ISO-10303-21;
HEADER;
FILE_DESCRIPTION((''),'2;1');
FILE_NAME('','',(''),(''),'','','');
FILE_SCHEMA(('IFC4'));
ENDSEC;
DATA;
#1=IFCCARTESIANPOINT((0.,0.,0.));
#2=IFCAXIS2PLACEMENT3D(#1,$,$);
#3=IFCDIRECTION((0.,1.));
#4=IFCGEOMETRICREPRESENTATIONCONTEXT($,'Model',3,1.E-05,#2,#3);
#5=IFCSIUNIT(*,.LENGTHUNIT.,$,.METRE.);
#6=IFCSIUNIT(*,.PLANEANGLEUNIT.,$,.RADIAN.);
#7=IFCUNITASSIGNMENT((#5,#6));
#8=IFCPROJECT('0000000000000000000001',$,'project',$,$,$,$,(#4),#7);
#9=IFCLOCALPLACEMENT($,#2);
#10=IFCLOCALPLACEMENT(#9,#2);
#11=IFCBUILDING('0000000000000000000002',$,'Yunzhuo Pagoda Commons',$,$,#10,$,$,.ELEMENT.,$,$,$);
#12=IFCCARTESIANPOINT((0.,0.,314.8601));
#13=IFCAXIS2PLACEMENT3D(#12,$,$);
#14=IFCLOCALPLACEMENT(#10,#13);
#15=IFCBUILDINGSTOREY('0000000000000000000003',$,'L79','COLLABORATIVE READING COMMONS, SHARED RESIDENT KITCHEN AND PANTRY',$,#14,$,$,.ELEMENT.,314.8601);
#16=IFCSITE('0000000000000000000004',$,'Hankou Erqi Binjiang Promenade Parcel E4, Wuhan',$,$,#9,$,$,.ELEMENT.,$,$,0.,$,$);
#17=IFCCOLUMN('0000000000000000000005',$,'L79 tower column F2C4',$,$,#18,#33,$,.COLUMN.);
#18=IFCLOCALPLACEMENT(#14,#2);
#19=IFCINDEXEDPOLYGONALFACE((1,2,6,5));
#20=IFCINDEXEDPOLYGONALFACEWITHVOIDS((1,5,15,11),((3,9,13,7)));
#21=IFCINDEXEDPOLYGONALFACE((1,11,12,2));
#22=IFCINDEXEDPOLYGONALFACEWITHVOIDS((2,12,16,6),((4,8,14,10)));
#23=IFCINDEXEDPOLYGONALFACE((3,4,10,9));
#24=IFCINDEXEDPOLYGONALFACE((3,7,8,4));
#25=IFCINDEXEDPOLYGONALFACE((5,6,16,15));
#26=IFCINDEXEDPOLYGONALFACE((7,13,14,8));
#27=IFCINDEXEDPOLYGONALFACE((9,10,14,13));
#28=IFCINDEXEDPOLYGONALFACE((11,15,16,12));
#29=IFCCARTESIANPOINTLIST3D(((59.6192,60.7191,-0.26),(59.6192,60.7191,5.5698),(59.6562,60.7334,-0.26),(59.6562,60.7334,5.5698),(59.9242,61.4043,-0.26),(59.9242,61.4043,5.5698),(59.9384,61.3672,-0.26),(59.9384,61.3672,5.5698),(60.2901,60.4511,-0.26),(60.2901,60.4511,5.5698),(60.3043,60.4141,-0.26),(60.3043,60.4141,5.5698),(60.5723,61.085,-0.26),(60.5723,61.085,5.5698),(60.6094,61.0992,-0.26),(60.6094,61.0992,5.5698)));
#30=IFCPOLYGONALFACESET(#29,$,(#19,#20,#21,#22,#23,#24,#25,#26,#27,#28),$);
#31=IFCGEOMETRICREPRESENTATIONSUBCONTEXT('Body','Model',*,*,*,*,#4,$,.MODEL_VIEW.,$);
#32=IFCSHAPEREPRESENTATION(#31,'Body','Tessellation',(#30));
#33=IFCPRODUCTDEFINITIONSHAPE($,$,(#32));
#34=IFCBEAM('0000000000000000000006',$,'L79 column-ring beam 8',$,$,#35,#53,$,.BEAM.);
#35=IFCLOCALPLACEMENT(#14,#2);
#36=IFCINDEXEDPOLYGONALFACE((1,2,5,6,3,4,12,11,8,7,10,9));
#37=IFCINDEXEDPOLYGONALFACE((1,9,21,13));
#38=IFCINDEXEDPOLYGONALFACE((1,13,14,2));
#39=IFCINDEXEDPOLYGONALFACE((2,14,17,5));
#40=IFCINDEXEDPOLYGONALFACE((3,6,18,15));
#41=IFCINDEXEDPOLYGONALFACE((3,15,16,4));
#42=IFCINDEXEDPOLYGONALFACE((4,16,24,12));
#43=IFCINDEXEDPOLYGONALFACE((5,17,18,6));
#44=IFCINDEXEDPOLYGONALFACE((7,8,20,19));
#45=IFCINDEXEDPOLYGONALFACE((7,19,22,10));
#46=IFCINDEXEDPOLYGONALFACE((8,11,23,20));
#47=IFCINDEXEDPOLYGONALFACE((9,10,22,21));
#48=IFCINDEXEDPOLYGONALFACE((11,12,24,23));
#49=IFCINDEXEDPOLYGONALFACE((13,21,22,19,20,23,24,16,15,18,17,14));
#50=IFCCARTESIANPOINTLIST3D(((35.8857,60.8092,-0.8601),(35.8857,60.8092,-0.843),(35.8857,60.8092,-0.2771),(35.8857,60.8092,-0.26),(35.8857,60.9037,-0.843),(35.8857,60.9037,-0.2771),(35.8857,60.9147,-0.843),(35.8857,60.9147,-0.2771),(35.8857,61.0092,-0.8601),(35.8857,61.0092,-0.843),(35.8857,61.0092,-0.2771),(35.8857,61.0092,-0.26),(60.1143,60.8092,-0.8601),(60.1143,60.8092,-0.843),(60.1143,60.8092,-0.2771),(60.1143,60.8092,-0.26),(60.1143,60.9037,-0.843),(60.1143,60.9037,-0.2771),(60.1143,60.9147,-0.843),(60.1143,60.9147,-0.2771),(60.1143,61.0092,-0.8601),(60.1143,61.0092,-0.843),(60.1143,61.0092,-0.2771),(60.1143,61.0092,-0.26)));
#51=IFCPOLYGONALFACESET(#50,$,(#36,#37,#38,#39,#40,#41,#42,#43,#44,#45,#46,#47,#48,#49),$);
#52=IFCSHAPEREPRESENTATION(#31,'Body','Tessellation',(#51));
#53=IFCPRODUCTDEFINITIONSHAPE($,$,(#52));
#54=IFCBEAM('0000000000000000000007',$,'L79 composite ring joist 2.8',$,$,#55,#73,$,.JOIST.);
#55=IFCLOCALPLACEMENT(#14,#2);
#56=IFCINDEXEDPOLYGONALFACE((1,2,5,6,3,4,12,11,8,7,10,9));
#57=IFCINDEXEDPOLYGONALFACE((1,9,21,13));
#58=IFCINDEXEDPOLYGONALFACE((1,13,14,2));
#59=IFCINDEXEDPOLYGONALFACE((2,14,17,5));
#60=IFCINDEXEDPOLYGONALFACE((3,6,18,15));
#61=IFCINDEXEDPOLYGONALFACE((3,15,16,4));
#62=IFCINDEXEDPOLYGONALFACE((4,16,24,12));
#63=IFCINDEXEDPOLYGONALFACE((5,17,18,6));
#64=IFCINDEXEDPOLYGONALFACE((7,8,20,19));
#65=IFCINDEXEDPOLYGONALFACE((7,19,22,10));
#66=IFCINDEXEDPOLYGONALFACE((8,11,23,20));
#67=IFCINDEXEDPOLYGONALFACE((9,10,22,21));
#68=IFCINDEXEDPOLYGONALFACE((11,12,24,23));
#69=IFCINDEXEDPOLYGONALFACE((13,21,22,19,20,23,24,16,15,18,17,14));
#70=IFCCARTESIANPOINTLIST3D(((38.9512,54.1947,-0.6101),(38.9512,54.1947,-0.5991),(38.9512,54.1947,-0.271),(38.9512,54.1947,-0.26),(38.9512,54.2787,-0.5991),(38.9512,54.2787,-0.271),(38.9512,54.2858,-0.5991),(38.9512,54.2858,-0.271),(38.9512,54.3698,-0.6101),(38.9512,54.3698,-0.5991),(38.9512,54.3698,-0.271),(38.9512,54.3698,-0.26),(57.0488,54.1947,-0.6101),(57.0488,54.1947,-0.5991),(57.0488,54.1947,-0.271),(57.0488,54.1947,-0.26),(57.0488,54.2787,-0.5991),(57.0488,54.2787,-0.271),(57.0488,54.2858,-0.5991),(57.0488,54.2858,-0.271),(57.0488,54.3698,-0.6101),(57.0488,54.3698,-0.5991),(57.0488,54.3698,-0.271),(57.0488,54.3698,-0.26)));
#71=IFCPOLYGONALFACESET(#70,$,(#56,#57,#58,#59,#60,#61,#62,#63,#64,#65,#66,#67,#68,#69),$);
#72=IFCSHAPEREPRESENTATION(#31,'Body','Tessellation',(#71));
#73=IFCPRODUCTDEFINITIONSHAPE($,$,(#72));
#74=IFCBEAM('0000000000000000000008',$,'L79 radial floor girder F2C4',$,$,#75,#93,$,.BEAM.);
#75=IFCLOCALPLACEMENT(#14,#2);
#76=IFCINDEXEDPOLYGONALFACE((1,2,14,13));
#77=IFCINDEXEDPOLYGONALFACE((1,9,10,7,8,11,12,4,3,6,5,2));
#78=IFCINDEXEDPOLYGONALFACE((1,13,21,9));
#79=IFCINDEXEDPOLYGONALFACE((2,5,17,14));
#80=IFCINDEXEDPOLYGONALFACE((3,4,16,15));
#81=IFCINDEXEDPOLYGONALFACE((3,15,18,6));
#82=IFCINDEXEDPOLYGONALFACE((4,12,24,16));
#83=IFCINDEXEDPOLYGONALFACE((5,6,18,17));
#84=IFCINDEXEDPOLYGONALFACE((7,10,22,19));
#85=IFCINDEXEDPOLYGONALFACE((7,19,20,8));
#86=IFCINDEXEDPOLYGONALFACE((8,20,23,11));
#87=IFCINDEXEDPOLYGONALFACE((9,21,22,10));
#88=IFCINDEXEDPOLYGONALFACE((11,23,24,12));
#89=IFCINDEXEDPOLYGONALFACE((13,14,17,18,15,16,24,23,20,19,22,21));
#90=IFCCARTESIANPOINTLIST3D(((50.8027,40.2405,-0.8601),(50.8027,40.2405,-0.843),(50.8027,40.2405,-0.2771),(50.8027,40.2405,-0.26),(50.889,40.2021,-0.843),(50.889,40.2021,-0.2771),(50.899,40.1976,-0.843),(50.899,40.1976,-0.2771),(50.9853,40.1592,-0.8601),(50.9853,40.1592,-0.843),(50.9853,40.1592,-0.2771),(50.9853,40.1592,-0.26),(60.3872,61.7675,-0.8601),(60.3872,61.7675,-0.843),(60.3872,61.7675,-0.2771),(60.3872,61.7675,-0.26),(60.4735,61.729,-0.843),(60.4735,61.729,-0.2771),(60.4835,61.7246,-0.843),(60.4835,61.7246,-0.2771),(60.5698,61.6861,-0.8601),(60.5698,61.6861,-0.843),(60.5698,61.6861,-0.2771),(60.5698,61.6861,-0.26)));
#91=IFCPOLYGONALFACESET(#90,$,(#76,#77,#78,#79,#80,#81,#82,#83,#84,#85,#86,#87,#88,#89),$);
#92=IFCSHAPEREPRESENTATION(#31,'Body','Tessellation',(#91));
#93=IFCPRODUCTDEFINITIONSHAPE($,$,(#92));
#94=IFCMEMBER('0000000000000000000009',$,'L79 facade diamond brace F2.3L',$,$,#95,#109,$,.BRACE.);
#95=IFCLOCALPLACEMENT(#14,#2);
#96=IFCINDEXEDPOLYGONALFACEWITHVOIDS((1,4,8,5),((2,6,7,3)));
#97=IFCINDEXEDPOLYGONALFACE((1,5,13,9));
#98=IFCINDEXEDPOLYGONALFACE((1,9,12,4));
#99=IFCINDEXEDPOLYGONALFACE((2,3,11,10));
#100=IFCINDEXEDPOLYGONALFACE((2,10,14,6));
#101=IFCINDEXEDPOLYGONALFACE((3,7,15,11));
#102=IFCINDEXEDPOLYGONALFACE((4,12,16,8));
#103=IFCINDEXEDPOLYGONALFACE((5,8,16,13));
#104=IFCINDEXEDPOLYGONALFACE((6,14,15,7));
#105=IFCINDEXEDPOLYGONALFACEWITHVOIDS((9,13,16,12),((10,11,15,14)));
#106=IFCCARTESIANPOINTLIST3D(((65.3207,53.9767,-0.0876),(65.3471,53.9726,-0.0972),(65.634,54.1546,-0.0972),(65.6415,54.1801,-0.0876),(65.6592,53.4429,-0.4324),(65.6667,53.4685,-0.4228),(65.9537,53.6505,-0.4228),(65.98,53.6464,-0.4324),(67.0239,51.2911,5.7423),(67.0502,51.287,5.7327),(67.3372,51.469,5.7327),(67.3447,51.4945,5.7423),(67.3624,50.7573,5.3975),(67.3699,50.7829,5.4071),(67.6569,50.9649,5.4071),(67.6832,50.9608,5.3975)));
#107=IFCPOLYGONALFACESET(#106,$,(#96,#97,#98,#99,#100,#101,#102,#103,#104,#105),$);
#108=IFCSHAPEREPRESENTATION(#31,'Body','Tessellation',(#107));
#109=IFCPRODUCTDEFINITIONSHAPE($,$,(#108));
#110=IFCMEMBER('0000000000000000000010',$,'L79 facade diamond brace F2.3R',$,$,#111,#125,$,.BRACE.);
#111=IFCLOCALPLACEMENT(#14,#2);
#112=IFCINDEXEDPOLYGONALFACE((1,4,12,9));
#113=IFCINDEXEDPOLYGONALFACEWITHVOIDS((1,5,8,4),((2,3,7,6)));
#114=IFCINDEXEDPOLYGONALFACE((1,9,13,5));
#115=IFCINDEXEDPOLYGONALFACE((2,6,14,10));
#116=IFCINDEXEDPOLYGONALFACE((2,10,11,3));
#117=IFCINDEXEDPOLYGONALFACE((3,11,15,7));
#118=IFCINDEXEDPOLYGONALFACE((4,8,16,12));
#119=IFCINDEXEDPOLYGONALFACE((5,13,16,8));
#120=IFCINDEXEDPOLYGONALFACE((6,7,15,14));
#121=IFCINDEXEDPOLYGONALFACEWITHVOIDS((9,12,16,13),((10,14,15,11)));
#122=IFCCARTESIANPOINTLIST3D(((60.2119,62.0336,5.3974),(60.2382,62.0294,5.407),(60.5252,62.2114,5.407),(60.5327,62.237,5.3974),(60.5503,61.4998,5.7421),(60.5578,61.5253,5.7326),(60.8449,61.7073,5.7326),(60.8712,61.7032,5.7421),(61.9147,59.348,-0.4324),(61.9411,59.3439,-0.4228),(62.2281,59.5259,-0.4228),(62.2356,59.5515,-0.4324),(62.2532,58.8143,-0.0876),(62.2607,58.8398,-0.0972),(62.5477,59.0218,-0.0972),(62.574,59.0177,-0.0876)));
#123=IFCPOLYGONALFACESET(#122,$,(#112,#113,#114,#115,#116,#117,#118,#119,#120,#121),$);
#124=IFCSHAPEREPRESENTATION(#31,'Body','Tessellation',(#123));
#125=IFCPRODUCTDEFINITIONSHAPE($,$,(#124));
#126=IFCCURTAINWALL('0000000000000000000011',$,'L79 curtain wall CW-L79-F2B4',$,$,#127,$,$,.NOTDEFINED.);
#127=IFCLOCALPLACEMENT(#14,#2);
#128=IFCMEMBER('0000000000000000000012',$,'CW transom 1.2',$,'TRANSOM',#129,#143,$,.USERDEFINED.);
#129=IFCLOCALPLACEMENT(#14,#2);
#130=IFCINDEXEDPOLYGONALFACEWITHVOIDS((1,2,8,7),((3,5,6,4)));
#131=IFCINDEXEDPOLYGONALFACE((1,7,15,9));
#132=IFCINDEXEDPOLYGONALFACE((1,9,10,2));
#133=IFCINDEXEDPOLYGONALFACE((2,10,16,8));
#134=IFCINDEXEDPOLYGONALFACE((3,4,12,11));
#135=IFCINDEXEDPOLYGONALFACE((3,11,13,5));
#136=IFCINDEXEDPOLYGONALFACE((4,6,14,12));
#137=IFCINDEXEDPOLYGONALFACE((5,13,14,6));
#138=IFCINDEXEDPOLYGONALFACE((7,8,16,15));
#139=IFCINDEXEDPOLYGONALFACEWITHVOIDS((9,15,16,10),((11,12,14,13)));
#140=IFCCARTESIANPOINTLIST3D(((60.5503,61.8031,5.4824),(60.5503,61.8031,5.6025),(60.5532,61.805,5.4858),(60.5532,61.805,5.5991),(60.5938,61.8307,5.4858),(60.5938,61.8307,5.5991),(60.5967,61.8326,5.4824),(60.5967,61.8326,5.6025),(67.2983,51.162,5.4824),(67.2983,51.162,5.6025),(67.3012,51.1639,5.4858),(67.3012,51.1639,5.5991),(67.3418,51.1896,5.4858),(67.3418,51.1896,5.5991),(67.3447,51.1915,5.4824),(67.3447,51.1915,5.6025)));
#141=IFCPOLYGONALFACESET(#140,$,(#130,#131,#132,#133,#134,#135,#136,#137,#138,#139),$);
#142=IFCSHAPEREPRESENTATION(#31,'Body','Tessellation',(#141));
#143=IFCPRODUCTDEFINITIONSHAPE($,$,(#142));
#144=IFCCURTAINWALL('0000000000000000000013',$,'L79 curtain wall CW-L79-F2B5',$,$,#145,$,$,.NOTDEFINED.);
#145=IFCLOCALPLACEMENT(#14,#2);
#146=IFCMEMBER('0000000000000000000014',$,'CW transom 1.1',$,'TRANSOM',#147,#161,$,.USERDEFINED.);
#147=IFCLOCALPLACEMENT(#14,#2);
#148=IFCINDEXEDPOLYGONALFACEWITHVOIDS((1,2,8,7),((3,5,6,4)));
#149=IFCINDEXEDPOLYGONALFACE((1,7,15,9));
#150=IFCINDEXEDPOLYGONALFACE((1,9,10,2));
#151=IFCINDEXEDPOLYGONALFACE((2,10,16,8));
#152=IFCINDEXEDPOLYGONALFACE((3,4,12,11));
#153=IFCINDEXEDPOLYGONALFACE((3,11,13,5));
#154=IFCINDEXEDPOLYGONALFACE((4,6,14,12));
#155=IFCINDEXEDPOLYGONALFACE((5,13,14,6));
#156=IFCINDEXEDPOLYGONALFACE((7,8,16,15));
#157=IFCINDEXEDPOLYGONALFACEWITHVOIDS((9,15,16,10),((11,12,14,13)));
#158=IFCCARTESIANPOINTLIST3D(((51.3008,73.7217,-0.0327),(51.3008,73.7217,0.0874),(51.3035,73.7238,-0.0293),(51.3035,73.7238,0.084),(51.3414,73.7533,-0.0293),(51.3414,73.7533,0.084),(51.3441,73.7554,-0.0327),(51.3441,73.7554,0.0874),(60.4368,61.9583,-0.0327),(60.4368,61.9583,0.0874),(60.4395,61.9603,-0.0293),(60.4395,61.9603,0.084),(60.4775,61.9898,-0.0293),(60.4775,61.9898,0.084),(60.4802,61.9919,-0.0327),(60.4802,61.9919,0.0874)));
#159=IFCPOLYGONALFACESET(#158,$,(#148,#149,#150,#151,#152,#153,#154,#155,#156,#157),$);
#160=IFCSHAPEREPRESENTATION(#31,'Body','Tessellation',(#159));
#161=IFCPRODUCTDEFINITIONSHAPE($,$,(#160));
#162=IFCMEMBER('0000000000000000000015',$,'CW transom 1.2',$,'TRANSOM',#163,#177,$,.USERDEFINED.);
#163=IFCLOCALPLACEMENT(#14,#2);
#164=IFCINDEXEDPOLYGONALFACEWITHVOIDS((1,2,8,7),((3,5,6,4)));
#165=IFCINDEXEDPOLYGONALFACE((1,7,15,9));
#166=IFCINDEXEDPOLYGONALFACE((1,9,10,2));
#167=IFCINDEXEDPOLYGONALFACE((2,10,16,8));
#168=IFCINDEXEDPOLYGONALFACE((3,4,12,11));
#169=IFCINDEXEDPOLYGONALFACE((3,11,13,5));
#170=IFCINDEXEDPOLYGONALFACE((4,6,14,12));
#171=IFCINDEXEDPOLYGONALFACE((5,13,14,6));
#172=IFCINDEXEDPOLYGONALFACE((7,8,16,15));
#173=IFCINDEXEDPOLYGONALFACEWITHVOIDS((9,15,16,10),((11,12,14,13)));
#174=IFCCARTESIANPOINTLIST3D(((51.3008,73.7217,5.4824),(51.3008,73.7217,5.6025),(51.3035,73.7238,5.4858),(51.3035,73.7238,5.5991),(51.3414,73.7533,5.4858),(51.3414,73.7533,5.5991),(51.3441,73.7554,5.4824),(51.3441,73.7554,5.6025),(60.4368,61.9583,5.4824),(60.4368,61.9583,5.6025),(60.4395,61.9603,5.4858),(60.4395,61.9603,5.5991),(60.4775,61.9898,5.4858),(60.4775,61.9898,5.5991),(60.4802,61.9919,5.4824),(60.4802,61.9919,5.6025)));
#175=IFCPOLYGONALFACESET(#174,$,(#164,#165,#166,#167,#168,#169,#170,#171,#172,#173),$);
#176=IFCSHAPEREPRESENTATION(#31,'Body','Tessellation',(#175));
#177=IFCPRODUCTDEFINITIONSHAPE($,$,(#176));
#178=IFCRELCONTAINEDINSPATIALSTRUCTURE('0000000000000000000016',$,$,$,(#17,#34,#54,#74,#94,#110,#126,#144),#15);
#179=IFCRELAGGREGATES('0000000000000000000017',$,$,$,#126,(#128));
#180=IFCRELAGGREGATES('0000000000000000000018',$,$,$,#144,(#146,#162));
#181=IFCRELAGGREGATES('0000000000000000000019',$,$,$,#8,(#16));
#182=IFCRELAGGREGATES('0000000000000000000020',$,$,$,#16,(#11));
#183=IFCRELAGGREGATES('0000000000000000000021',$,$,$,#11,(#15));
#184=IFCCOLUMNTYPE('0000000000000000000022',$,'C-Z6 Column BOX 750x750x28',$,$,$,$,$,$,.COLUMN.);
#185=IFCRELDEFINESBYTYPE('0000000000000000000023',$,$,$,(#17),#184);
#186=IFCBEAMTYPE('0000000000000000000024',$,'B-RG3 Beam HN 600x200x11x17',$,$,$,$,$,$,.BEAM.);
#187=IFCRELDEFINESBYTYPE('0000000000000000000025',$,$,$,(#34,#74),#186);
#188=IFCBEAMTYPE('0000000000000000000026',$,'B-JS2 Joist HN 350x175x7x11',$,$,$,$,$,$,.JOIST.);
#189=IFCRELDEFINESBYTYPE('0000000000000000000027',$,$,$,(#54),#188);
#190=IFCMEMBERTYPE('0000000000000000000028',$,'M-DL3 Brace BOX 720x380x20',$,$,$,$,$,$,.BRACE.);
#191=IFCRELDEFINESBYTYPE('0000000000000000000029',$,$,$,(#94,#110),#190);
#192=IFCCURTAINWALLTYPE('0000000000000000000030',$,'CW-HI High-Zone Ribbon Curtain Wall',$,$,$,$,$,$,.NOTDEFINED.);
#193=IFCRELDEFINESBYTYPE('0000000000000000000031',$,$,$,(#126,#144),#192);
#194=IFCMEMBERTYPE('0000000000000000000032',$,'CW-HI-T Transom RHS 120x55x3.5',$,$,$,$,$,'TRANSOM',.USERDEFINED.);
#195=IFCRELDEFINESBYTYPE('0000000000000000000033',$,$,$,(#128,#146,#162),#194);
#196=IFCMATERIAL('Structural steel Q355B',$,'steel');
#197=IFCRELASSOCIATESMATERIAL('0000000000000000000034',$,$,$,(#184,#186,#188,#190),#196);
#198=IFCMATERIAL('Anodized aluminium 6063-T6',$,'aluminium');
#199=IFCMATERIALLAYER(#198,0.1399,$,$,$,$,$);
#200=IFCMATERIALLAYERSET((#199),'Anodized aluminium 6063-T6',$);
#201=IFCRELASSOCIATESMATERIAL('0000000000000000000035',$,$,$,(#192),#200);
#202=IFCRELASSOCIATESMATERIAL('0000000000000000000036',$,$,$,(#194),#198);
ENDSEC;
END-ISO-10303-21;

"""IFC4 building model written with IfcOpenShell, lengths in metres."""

from ifc_helpers import new_model, si_unit, direction, frame, origin, origin_2d, place, context, subcontext, project, spatial, hollow_rectangle, i_section, extrude, source, transform, mapped, material, layer, layer_set, material_profile, profile_set, type_object, element, aggregate, save


model = new_model("IFC4")

# Units and contexts
model_context = context("Model", 3, precision=1e-05, world=origin(), true_north=direction((0.0, 1.0)))
body_context = subcontext(model_context, "Body", "Model", "MODEL_VIEW")
ifc_project = project(units=[si_unit("LENGTHUNIT", "METRE"), si_unit("PLANEANGLEUNIT", "RADIAN")], contexts=[model_context])

# Site, building, storey
site_placement = place(None, origin())
site = spatial("IfcSite", under=ifc_project, at=site_placement, Name="Hankou Erqi Binjiang Promenade Parcel E4, Wuhan", CompositionType="ELEMENT", RefElevation=0.0)
building_placement = place(site_placement, origin())
building = spatial("IfcBuilding", under=site, at=building_placement, Name="Yunzhuo Pagoda Commons", CompositionType="ELEMENT")
storey_placement = place(building_placement, frame((0.0, 0.0, 314.8601)))
storey = spatial("IfcBuildingStorey", under=building, at=storey_placement, Name="L79", Description="COLLABORATIVE READING COMMONS, SHARED RESIDENT KITCHEN AND PANTRY", CompositionType="ELEMENT", Elevation=314.8601)

# Column
ifc_material_1 = material(Name="Structural steel Q355B", Category="steel")
ifc_material_profile_1 = material_profile(ifc_material_1, hollow_rectangle(XDim=0.75, YDim=0.75, WallThickness=0.0281, at=origin_2d()), Name="Structural steel Q355B")
ifc_profile_set_1 = profile_set([ifc_material_profile_1], Name="Structural steel Q355B")
column_type = type_object("IfcColumnType", Name="C-Z6 Column BOX 750x750x28", PredefinedType="COLUMN", material=ifc_profile_set_1)
shared_shape_1 = source(origin(), body_context, "Body", "SweptSolid", [
    extrude(hollow_rectangle(XDim=0.75, YDim=0.75, WallThickness=0.0281, at=origin_2d()), origin(), (0.0, 0.0, 1.0), 5.8298),
])
column_placement = place(storey_placement, frame((60.1143, 60.9092, -0.26), z_axis=(0.0, 0.0, 1.0), x_axis=(-0.913545, 0.406737, 0.0)))
element("IfcColumn", 1, at=column_placement, inside=storey, type_object=column_type, Name="L79 tower column F2C4", PredefinedType="COLUMN", context=body_context, shape_type="MappedRepresentation", body=[
    mapped(shared_shape_1, transform((0.0, 0.0, 0.0), scale=1.0)),
])

# Beams
ifc_material_profile_2 = material_profile(ifc_material_1, i_section(OverallWidth=0.2, OverallDepth=0.6001, WebThickness=0.011, FlangeThickness=0.0171, at=origin_2d()), Name="Structural steel Q355B")
ifc_profile_set_2 = profile_set([ifc_material_profile_2], Name="Structural steel Q355B")
beam_type_1 = type_object("IfcBeamType", Name="B-RG3 Beam HN 600x200x11x17", PredefinedType="BEAM", material=ifc_profile_set_2)
shared_shape_2 = source(origin(), body_context, "Body", "SweptSolid", [
    extrude(i_section(OverallWidth=0.2, OverallDepth=0.6001, WebThickness=0.011, FlangeThickness=0.0171, at=origin_2d()), origin(), (0.0, 0.0, 1.0), 24.2285),
])
beam_1_placement = place(storey_placement, frame((60.1143, 60.9092, -0.5601), z_axis=(-1.0, 0.0, 0.0), x_axis=(0.0, -1.0, 0.0)))
element("IfcBeam", 2, at=beam_1_placement, inside=storey, type_object=beam_type_1, Name="L79 column-ring beam 8", PredefinedType="BEAM", context=body_context, shape_type="MappedRepresentation", body=[
    mapped(shared_shape_2, transform((0.0, 0.0, 0.0), scale=1.0)),
])
ifc_material_profile_3 = material_profile(ifc_material_1, i_section(OverallWidth=0.175, OverallDepth=0.3501, WebThickness=0.0071, FlangeThickness=0.011, at=origin_2d()), Name="Structural steel Q355B")
ifc_profile_set_3 = profile_set([ifc_material_profile_3], Name="Structural steel Q355B")
beam_type_2 = type_object("IfcBeamType", Name="B-JS2 Joist HN 350x175x7x11", PredefinedType="JOIST", material=ifc_profile_set_3)
shared_shape_3 = source(origin(), body_context, "Body", "SweptSolid", [
    extrude(i_section(OverallWidth=0.175, OverallDepth=0.3501, WebThickness=0.0071, FlangeThickness=0.011, at=origin_2d()), origin(), (0.0, 0.0, 1.0), 18.0977),
])
beam_2_placement = place(storey_placement, frame((57.0488, 54.2822, -0.4351), z_axis=(-1.0, 0.0, 0.0), x_axis=(0.0, -1.0, 0.0)))
element("IfcBeam", 3, at=beam_2_placement, inside=storey, type_object=beam_type_2, Name="L79 composite ring joist 2.8", PredefinedType="JOIST", context=body_context, shape_type="MappedRepresentation", body=[
    mapped(shared_shape_3, transform((0.0, 0.0, 0.0), scale=1.0)),
])
shared_shape_4 = source(origin(), body_context, "Body", "SweptSolid", [
    extrude(i_section(OverallWidth=0.2, OverallDepth=0.6001, WebThickness=0.011, FlangeThickness=0.0171, at=origin_2d()), origin(), (0.0, 0.0, 1.0), 23.5642),
])
beam_3_placement = place(storey_placement, frame((60.4785, 61.7268, -0.5601), z_axis=(-0.40674, -0.913544, 0.0), x_axis=(0.913544, -0.40674, 0.0)))
element("IfcBeam", 4, at=beam_3_placement, inside=storey, type_object=beam_type_1, Name="L79 radial floor girder F2C4", PredefinedType="BEAM", context=body_context, shape_type="MappedRepresentation", body=[
    mapped(shared_shape_4, transform((0.0, 0.0, 0.0), scale=1.0)),
])

# Members
ifc_material_profile_4 = material_profile(ifc_material_1, hollow_rectangle(XDim=0.3799, YDim=0.72, WallThickness=0.02, at=origin_2d()), Name="Structural steel Q355B")
ifc_profile_set_4 = profile_set([ifc_material_profile_4], Name="Structural steel Q355B")
member_type_1 = type_object("IfcMemberType", Name="M-DL3 Brace BOX 720x380x20", PredefinedType="BRACE", material=ifc_profile_set_4)
shared_shape_5 = source(origin(), body_context, "Body", "SweptSolid", [
    extrude(hollow_rectangle(XDim=0.3799, YDim=0.72, WallThickness=0.02, at=origin_2d()), origin(), (0.0, 0.0, 1.0), 6.6409),
])
member_1_placement = place(storey_placement, frame((65.6504, 53.8115, -0.26), z_axis=(0.256465, -0.404403, 0.877886), x_axis=(0.844495, 0.535563, 0.0)))
element("IfcMember", 5, at=member_1_placement, inside=storey, type_object=member_type_1, Name="L79 facade diamond brace F2.3L", PredefinedType="BRACE", context=body_context, shape_type="MappedRepresentation", body=[
    mapped(shared_shape_5, transform((0.0, 0.0, 0.0), scale=1.0)),
])
shared_shape_6 = source(origin(), body_context, "Body", "SweptSolid", [
    extrude(hollow_rectangle(XDim=0.3799, YDim=0.72, WallThickness=0.02, at=origin_2d()), origin(), (0.0, 0.0, 1.0), 6.6406),
])
member_2_placement = place(storey_placement, frame((62.2444, 59.1829, -0.26), z_axis=(-0.256431, 0.404407, 0.877894), x_axis=(-0.84453, -0.535509, 0.0)))
element("IfcMember", 6, at=member_2_placement, inside=storey, type_object=member_type_1, Name="L79 facade diamond brace F2.3R", PredefinedType="BRACE", context=body_context, shape_type="MappedRepresentation", body=[
    mapped(shared_shape_6, transform((0.0, 0.0, 0.0), scale=1.0)),
])

# Curtain wall, member
ifc_material_2 = material(Name="Anodized aluminium 6063-T6", Category="aluminium")
ifc_layer_1 = layer(ifc_material_2, 0.1399)
ifc_layer_set_1 = layer_set([ifc_layer_1], Name="Anodized aluminium 6063-T6")
curtain_wall_type = type_object("IfcCurtainWallType", Name="CW-HI High-Zone Ribbon Curtain Wall", PredefinedType="NOTDEFINED", material=ifc_layer_set_1)
curtain_wall_1_placement = place(storey_placement, origin())
curtain_wall_1 = element("IfcCurtainWall", 7, at=curtain_wall_1_placement, inside=storey, type_object=curtain_wall_type, Name="L79 curtain wall CW-L79-F2B4", PredefinedType="NOTDEFINED")
ifc_material_profile_5 = material_profile(ifc_material_2, hollow_rectangle(XDim=0.0549, YDim=0.1201, WallThickness=0.0034, at=origin_2d()), Name="Anodized aluminium 6063-T6")
ifc_profile_set_5 = profile_set([ifc_material_profile_5], Name="Anodized aluminium 6063-T6")
member_type_2 = type_object("IfcMemberType", Name="CW-HI-T Transom RHS 120x55x3.5", ElementType="TRANSOM", PredefinedType="USERDEFINED", material=ifc_profile_set_5)
shared_shape_7 = source(origin(), body_context, "Body", "SweptSolid", [
    extrude(hollow_rectangle(XDim=0.0549, YDim=0.1201, WallThickness=0.0034, at=origin_2d()), origin(), (0.0, 0.0, 1.0), 12.6003),
])
member_3_placement = place(storey_placement, frame((67.3215, 51.1768, 5.5425), z_axis=(-0.535543, 0.844508, 0.0), x_axis=(-0.844508, -0.535543, 0.0)))
member_3 = element("IfcMember", 8, at=member_3_placement, type_object=member_type_2, Name="CW transom 1.2", ObjectType="TRANSOM", PredefinedType="USERDEFINED", context=body_context, shape_type="MappedRepresentation", body=[
    mapped(shared_shape_7, transform((0.0, 0.0, 0.0), scale=1.0)),
])

# Curtain wall, members
curtain_wall_2_placement = place(storey_placement, origin())
curtain_wall_2 = element("IfcCurtainWall", 9, at=curtain_wall_2_placement, inside=storey, type_object=curtain_wall_type, Name="L79 curtain wall CW-L79-F2B5", PredefinedType="NOTDEFINED")
shared_shape_8 = source(origin(), body_context, "Body", "SweptSolid", [
    extrude(hollow_rectangle(XDim=0.0549, YDim=0.1201, WallThickness=0.0034, at=origin_2d()), origin(), (0.0, 0.0, 1.0), 14.8945),
])
member_4_placement = place(storey_placement, frame((60.4585, 61.9751, 0.0273), z_axis=(-0.613382, 0.789786, 0.0), x_axis=(-0.789786, -0.613382, 0.0)))
member_4 = element("IfcMember", 10, at=member_4_placement, type_object=member_type_2, Name="CW transom 1.1", ObjectType="TRANSOM", PredefinedType="USERDEFINED", context=body_context, shape_type="MappedRepresentation", body=[
    mapped(shared_shape_8, transform((0.0, 0.0, 0.0), scale=1.0)),
])
member_5_placement = place(storey_placement, frame((60.4585, 61.9751, 5.5425), z_axis=(-0.613382, 0.789786, 0.0), x_axis=(-0.789786, -0.613382, 0.0)))
member_5 = element("IfcMember", 11, at=member_5_placement, type_object=member_type_2, Name="CW transom 1.2", ObjectType="TRANSOM", PredefinedType="USERDEFINED", context=body_context, shape_type="MappedRepresentation", body=[
    mapped(shared_shape_8, transform((0.0, 0.0, 0.0), scale=1.0)),
])

aggregate(curtain_wall_1, [member_3])
aggregate(curtain_wall_2, [member_4, member_5])

save(model, "model.ifc")
